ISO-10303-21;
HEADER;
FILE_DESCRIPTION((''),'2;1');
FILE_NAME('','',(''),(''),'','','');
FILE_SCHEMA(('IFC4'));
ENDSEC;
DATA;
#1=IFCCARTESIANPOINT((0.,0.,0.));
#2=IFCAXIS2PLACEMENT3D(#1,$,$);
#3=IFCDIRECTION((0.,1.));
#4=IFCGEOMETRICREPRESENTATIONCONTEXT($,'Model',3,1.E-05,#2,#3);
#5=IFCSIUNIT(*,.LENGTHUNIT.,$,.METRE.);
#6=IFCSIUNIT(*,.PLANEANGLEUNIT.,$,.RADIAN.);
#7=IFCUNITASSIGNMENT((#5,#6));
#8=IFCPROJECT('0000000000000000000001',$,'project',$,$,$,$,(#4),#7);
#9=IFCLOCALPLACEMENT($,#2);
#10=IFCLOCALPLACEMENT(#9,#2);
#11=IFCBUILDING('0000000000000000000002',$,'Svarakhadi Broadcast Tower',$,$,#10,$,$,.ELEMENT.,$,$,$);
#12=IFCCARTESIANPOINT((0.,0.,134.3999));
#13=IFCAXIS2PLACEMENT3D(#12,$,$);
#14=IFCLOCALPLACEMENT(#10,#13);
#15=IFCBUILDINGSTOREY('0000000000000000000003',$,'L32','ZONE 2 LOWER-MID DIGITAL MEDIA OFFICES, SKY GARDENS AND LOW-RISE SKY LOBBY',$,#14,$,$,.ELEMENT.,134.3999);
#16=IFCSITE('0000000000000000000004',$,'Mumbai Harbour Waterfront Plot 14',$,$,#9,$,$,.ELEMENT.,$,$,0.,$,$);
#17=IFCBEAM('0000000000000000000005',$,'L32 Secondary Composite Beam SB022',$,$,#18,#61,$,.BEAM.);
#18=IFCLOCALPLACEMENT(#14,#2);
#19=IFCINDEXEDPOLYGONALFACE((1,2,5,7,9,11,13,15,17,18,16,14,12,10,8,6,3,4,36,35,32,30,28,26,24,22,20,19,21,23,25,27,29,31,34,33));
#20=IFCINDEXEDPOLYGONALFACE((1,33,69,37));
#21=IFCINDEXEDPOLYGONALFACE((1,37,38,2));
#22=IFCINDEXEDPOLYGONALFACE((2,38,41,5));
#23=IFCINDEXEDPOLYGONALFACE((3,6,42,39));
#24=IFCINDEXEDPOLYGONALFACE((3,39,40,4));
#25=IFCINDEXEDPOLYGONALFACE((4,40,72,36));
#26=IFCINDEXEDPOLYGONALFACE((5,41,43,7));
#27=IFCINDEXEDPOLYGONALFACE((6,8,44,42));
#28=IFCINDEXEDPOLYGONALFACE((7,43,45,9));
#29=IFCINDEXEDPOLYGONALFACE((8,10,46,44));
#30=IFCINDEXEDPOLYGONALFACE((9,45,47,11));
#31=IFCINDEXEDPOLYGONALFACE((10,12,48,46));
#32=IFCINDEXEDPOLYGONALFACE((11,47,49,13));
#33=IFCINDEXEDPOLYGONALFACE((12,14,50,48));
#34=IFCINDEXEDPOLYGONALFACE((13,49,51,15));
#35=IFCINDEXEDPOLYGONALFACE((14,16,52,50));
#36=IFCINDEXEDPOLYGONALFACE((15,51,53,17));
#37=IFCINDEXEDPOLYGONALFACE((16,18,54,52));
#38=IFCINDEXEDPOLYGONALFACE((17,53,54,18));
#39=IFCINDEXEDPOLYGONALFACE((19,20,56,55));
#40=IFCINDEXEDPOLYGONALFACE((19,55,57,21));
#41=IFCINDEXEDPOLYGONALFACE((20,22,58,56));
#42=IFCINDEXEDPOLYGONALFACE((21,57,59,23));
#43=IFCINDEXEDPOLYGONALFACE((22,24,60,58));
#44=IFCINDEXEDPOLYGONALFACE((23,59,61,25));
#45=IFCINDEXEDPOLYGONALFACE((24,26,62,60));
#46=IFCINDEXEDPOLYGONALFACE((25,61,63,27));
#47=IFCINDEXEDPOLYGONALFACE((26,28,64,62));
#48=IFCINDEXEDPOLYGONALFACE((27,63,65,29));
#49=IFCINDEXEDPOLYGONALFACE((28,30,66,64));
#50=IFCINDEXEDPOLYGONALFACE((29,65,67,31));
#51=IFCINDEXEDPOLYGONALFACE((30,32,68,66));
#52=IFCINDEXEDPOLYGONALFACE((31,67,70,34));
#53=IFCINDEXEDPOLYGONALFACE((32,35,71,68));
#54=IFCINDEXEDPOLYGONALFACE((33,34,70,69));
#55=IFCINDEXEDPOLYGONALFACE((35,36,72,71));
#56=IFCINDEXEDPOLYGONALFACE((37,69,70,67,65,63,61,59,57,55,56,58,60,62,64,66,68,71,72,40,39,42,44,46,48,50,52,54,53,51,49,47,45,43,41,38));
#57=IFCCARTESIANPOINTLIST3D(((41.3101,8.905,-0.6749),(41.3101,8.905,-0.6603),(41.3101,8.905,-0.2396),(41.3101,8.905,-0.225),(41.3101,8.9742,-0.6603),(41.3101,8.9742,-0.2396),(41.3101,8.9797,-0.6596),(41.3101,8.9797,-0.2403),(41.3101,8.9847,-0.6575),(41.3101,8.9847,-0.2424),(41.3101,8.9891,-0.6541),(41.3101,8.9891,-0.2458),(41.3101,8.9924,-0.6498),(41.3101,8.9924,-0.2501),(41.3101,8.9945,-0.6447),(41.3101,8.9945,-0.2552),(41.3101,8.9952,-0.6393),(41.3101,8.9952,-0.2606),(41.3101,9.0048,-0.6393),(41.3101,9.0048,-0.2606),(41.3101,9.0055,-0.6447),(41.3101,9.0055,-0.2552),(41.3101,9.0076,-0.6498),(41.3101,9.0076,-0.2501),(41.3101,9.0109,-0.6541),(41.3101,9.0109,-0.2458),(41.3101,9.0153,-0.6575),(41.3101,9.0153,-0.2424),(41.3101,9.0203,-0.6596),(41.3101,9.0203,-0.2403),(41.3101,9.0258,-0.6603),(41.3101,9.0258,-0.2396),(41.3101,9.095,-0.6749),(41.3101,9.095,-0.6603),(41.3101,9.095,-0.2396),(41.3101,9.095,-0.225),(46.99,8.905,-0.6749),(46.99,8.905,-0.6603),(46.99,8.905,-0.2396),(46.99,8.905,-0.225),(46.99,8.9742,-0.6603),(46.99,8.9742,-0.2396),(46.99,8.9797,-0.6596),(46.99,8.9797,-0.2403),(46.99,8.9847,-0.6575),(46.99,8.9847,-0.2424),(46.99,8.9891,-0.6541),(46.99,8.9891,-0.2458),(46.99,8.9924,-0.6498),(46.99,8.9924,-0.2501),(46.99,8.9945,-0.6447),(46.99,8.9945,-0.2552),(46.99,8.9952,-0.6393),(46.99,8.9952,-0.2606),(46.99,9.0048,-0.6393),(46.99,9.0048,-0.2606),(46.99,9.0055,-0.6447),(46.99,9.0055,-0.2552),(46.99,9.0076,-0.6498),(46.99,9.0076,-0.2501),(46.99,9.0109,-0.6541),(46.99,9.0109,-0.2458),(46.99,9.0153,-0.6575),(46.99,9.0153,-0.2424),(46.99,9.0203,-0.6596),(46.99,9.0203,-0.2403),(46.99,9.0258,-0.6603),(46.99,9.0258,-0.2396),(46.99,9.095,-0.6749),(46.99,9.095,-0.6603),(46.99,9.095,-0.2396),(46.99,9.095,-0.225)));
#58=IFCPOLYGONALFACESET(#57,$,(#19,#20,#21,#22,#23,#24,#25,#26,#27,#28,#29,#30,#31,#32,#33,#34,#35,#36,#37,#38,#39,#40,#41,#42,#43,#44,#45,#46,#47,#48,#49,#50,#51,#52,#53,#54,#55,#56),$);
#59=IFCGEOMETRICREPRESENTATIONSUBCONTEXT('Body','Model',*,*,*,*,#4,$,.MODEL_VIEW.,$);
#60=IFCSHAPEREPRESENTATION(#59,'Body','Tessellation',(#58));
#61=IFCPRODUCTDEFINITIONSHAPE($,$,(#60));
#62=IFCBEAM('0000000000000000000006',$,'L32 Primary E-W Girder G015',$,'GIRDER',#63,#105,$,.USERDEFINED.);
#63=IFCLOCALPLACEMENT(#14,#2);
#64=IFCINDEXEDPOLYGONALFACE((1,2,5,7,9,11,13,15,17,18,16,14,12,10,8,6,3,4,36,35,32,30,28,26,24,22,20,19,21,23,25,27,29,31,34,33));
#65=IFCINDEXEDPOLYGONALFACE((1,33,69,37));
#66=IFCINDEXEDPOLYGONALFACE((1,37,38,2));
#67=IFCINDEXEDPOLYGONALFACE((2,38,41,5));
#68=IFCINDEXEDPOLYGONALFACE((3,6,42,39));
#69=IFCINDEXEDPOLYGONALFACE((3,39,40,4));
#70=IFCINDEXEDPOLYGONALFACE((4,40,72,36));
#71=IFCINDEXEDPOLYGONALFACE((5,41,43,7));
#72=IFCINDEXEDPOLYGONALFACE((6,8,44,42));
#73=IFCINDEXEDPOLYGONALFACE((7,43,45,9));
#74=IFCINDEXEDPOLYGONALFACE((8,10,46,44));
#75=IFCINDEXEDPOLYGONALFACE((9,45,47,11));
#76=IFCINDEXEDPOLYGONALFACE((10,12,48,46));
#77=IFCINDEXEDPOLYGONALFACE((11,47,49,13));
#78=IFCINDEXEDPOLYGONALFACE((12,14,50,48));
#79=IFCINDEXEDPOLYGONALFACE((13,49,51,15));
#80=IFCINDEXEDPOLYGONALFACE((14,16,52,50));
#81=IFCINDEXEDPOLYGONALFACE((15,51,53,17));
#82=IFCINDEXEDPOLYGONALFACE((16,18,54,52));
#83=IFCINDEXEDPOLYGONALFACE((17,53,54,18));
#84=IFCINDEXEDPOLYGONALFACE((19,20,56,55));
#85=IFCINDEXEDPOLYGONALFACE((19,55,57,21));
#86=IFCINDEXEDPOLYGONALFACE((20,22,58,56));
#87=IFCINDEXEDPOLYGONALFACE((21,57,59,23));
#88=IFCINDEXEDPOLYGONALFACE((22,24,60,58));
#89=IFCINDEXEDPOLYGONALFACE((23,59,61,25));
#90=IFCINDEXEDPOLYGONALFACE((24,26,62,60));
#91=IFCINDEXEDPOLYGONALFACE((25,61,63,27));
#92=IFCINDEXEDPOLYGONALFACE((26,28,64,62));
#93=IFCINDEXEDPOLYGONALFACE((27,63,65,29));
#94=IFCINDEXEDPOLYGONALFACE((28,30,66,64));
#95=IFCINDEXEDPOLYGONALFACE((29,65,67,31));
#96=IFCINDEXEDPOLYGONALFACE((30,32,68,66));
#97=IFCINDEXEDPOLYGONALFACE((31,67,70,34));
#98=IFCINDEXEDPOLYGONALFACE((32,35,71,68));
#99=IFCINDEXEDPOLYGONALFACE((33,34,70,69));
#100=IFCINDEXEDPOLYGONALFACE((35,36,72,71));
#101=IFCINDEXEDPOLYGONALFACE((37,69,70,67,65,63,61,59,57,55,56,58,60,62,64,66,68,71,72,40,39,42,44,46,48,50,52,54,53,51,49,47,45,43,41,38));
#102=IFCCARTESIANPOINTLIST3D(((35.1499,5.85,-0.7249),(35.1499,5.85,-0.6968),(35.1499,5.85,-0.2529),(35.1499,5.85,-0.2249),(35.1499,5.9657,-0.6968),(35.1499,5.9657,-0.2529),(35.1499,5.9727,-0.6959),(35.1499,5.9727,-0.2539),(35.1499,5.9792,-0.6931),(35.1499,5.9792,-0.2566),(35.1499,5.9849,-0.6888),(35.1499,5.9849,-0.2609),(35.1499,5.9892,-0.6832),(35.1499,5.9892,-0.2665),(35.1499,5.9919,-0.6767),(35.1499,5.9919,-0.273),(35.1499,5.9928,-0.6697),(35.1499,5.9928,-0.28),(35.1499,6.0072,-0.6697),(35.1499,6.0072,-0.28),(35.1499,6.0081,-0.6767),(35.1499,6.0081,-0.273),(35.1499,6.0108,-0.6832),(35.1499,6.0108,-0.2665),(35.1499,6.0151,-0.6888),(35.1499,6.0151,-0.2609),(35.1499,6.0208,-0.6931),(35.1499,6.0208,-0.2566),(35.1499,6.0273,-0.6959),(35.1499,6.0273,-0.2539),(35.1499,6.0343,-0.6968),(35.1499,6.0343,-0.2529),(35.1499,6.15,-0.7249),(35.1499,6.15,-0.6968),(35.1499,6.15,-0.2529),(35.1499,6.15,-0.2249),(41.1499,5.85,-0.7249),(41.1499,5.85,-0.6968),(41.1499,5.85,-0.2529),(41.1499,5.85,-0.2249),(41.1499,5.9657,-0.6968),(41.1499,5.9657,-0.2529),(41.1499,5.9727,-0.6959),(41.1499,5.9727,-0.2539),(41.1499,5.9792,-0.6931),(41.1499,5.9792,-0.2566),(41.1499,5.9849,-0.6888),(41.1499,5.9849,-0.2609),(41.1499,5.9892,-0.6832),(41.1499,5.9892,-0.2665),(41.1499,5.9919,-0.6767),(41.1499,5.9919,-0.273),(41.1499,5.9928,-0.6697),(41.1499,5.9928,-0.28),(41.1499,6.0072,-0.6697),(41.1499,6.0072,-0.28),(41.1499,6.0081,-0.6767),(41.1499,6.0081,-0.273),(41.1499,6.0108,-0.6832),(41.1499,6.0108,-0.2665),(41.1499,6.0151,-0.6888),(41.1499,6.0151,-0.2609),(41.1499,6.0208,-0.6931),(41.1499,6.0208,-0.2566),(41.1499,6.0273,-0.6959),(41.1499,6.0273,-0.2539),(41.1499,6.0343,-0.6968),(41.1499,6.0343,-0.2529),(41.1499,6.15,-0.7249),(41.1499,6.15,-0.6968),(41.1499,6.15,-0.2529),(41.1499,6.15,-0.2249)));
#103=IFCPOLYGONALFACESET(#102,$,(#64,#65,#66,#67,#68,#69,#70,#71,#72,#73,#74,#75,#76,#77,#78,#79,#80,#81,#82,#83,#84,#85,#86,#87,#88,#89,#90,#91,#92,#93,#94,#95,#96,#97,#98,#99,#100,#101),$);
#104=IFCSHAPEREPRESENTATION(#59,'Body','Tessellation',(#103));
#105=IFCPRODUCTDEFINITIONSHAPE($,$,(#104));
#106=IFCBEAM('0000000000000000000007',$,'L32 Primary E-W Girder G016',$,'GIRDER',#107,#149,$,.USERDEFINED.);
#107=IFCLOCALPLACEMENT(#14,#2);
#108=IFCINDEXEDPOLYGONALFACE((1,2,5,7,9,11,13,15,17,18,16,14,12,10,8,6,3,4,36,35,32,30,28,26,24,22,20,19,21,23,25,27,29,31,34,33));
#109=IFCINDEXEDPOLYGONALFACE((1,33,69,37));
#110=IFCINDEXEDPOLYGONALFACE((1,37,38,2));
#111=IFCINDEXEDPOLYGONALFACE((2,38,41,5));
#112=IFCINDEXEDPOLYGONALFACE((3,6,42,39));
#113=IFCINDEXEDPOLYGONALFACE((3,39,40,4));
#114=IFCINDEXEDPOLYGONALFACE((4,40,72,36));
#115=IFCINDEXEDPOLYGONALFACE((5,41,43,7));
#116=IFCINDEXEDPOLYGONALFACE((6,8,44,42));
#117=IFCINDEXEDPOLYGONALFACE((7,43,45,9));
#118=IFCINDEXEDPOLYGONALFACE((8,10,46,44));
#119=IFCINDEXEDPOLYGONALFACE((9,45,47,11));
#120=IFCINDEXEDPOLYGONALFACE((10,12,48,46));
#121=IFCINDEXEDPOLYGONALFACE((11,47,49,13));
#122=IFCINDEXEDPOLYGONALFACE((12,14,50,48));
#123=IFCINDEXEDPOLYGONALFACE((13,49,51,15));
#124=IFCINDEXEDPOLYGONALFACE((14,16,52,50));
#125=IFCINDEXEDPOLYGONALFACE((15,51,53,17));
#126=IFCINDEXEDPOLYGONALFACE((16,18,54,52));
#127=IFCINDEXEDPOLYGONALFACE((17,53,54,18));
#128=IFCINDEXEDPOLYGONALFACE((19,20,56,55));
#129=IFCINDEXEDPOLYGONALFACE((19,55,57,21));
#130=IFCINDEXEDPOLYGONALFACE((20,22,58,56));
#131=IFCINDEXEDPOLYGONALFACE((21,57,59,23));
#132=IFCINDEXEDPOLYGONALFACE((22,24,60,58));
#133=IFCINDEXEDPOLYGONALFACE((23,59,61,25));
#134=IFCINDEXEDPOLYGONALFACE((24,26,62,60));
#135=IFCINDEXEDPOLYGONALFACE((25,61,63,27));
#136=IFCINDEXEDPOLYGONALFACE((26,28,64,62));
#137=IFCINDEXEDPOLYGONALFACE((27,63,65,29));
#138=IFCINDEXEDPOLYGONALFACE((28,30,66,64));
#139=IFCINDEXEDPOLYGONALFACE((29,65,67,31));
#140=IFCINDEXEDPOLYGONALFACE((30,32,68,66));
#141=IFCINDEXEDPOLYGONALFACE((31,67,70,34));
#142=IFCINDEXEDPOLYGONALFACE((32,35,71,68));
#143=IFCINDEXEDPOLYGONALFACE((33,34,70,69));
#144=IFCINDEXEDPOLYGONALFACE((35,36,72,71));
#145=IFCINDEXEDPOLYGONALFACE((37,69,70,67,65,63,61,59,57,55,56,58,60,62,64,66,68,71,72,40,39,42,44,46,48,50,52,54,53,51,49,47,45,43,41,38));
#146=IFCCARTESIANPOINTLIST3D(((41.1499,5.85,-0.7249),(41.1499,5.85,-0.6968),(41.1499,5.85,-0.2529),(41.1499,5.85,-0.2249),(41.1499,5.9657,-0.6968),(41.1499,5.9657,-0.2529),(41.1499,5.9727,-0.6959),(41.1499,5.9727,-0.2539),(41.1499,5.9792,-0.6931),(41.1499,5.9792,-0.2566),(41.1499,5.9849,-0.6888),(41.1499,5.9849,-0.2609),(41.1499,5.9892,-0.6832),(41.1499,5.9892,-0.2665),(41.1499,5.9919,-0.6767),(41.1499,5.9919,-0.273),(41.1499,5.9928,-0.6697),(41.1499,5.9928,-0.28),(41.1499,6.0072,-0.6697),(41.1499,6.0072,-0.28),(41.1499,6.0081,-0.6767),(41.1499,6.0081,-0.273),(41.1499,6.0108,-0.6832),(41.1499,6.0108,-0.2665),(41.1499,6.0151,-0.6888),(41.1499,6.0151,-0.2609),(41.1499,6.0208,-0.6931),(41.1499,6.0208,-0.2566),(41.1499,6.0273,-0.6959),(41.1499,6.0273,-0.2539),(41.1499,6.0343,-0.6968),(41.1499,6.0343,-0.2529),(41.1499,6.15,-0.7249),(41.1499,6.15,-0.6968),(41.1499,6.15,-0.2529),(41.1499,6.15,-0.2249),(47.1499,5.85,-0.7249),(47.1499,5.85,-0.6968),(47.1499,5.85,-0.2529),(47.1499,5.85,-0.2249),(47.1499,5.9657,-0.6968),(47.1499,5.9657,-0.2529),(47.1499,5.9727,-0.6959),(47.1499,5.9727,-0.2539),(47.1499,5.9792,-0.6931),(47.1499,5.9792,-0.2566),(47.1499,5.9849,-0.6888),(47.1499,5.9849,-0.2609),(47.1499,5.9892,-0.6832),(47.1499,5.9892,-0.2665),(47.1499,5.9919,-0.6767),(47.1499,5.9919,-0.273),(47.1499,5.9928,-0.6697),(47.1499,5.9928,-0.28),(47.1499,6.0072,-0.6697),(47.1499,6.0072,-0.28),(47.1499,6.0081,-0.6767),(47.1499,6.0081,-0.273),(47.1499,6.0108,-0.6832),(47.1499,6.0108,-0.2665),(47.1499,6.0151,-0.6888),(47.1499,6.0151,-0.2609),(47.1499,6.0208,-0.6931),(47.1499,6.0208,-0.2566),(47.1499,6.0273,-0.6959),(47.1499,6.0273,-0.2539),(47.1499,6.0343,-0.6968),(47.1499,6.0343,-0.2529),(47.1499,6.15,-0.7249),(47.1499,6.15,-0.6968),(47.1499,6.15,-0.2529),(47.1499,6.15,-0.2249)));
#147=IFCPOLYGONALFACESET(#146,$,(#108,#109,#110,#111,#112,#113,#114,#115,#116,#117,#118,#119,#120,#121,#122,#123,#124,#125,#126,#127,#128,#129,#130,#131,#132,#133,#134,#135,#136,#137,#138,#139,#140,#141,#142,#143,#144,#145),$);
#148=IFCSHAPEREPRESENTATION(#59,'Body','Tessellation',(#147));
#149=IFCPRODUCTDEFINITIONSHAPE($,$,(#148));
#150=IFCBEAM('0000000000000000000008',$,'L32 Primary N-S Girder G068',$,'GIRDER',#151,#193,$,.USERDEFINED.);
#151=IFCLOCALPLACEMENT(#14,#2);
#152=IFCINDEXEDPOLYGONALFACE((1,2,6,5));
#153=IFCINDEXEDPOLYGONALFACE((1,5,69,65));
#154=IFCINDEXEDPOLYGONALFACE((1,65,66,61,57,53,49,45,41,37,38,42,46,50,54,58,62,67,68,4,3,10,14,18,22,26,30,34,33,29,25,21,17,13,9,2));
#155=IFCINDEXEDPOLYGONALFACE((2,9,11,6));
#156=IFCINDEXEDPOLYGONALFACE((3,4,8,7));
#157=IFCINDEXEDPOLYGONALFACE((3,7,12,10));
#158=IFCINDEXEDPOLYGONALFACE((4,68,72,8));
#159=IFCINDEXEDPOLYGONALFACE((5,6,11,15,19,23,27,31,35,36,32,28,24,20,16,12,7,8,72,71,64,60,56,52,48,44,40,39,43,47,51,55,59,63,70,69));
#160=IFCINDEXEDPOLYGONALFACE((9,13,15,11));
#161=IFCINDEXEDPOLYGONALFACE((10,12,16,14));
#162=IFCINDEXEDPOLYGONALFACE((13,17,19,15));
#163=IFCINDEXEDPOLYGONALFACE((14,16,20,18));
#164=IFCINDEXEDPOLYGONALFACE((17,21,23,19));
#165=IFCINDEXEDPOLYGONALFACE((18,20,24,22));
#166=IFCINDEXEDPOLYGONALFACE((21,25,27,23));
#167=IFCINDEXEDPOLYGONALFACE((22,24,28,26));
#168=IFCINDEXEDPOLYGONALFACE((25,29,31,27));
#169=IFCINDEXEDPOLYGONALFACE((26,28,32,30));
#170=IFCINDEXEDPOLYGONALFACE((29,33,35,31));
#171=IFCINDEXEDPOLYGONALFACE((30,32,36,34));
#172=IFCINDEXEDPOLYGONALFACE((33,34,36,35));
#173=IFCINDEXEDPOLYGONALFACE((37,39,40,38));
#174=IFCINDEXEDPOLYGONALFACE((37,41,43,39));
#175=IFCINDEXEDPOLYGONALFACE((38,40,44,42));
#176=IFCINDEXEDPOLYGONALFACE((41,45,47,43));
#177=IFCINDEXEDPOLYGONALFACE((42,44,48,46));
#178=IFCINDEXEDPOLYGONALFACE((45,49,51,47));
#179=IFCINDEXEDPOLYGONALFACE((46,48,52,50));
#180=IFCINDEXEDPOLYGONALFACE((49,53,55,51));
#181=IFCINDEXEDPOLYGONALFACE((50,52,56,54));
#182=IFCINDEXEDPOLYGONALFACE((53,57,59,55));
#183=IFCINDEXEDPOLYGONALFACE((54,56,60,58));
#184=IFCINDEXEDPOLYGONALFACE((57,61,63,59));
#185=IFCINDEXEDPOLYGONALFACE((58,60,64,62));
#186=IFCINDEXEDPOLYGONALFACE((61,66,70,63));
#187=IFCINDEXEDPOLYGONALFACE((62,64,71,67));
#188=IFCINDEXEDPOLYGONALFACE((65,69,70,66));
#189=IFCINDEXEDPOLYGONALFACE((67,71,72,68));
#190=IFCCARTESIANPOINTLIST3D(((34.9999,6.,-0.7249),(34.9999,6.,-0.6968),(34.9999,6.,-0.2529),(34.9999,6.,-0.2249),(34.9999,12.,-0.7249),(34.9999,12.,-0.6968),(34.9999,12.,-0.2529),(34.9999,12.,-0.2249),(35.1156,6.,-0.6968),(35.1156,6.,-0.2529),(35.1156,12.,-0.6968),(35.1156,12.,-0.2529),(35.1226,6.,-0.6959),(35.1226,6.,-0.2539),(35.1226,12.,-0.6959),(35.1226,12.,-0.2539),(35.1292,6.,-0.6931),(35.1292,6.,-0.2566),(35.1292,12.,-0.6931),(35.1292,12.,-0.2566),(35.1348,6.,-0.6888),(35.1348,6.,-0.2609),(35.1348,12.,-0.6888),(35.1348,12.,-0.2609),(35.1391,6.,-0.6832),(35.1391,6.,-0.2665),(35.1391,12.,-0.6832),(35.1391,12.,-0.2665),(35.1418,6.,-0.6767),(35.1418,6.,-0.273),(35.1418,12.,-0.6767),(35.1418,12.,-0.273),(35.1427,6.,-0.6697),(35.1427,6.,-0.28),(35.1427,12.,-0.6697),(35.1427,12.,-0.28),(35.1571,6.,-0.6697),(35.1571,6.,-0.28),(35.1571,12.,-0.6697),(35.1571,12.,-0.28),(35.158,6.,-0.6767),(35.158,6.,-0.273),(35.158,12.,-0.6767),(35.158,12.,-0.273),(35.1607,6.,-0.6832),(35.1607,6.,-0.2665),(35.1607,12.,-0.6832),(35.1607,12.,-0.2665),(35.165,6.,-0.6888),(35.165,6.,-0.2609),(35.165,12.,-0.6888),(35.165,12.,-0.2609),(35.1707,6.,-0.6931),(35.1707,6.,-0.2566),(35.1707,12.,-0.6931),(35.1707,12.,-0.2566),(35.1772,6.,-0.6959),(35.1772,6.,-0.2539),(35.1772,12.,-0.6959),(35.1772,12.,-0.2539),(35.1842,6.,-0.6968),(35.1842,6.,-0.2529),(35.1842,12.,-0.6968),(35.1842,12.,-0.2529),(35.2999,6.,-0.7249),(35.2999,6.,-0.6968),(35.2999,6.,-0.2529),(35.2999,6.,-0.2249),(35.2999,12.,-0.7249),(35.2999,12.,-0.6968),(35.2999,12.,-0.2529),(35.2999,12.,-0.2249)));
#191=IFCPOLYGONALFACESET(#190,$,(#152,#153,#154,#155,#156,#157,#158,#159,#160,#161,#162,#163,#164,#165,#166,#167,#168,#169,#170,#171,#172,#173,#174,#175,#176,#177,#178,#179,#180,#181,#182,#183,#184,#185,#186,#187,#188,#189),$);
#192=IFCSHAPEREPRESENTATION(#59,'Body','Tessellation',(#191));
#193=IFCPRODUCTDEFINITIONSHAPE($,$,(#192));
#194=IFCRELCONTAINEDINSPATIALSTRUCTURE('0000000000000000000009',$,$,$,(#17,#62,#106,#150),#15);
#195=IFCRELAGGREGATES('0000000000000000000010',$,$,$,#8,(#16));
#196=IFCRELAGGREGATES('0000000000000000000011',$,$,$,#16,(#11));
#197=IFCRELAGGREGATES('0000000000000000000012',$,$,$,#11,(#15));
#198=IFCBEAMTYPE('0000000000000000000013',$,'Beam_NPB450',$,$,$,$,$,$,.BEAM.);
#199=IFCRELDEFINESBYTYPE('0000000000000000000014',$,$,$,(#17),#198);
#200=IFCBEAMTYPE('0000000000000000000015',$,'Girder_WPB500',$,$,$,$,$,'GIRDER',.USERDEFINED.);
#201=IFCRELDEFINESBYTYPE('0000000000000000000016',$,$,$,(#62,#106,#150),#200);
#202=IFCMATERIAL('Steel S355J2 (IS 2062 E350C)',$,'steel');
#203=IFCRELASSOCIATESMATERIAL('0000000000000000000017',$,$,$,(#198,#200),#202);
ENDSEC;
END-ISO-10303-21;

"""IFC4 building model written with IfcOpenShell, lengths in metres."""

from ifc_helpers import new_model, si_unit, direction, frame, origin, origin_2d, place, context, subcontext, project, spatial, i_section, extrude, material, material_profile, profile_set, type_object, element, save


model = new_model("IFC4")

# Units and contexts
model_context = context("Model", 3, precision=1e-05, world=origin(), true_north=direction((0.0, 1.0)))
body_context = subcontext(model_context, "Body", "Model", "MODEL_VIEW")
ifc_project = project(units=[si_unit("LENGTHUNIT", "METRE"), si_unit("PLANEANGLEUNIT", "RADIAN")], contexts=[model_context])

# Site, building, storey
site_placement = place(None, origin())
site = spatial("IfcSite", under=ifc_project, at=site_placement, Name="Mumbai Harbour Waterfront Plot 14", CompositionType="ELEMENT", RefElevation=0.0)
building_placement = place(site_placement, origin())
building = spatial("IfcBuilding", under=site, at=building_placement, Name="Svarakhadi Broadcast Tower", CompositionType="ELEMENT")
storey_placement = place(building_placement, frame((0.0, 0.0, 134.3999)))
storey = spatial("IfcBuildingStorey", under=building, at=storey_placement, Name="L32", Description="ZONE 2 LOWER-MID DIGITAL MEDIA OFFICES, SKY GARDENS AND LOW-RISE SKY LOBBY", CompositionType="ELEMENT", Elevation=134.3999)

# Beams
ifc_material_1 = material(Name="Steel S355J2 (IS 2062 E350C)", Category="steel")
ifc_material_profile_1 = material_profile(ifc_material_1, i_section(OverallWidth=0.1899, OverallDepth=0.45, WebThickness=0.0095, FlangeThickness=0.0146, FilletRadius=0.021, at=origin_2d()), Name="NPB 450x190x78")
ifc_profile_set_1 = profile_set([ifc_material_profile_1], Name="Steel S355J2 (IS 2062 E350C)")
beam_type_1 = type_object("IfcBeamType", Name="Beam_NPB450", PredefinedType="BEAM", material=ifc_profile_set_1)
for number, where, z_axis, x_axis, name in (
    (1, (41.3101, 9.0, -0.45), (1.0, 0.0, 0.0), (0.0, 1.0, 0.0), "L32 Secondary Composite Beam SB022"),
):
    element("IfcBeam", number, at=place(storey_placement, frame(where, z_axis=z_axis, x_axis=x_axis)), inside=storey, type_object=beam_type_1, Name=name, PredefinedType="BEAM", context=body_context, shape_type="SweptSolid", body=[
        extrude(i_section(OverallWidth=0.1899, OverallDepth=0.45, WebThickness=0.0095, FlangeThickness=0.0146, FilletRadius=0.021, at=origin_2d()), origin(), (0.0, 0.0, 1.0), 5.6799),
    ])
ifc_material_profile_2 = material_profile(ifc_material_1, i_section(OverallWidth=0.3, OverallDepth=0.5, WebThickness=0.0144, FlangeThickness=0.0281, FilletRadius=0.0271, at=origin_2d()), Name="WPB 500x300x187")
ifc_profile_set_2 = profile_set([ifc_material_profile_2], Name="Steel S355J2 (IS 2062 E350C)")
beam_type_2 = type_object("IfcBeamType", Name="Girder_WPB500", ElementType="GIRDER", PredefinedType="USERDEFINED", material=ifc_profile_set_2)
for number, where, z_axis, x_axis, name in (
    (2, (35.1499, 6.0, -0.4749), (1.0, 0.0, 0.0), (0.0, 1.0, 0.0), "L32 Primary E-W Girder G015"),
    (3, (41.1499, 6.0, -0.4749), (1.0, 0.0, 0.0), (0.0, 1.0, 0.0), "L32 Primary E-W Girder G016"),
    (4, (35.1499, 6.0, -0.4749), (0.0, 1.0, 0.0), (-1.0, 0.0, 0.0), "L32 Primary N-S Girder G068"),
):
    element("IfcBeam", number, at=place(storey_placement, frame(where, z_axis=z_axis, x_axis=x_axis)), inside=storey, type_object=beam_type_2, Name=name, ObjectType="GIRDER", PredefinedType="USERDEFINED", context=body_context, shape_type="SweptSolid", body=[
        extrude(i_section(OverallWidth=0.3, OverallDepth=0.5, WebThickness=0.0144, FlangeThickness=0.0281, FilletRadius=0.0271, at=origin_2d()), origin(), (0.0, 0.0, 1.0), 6.0),
    ])

save(model, "model.ifc")
